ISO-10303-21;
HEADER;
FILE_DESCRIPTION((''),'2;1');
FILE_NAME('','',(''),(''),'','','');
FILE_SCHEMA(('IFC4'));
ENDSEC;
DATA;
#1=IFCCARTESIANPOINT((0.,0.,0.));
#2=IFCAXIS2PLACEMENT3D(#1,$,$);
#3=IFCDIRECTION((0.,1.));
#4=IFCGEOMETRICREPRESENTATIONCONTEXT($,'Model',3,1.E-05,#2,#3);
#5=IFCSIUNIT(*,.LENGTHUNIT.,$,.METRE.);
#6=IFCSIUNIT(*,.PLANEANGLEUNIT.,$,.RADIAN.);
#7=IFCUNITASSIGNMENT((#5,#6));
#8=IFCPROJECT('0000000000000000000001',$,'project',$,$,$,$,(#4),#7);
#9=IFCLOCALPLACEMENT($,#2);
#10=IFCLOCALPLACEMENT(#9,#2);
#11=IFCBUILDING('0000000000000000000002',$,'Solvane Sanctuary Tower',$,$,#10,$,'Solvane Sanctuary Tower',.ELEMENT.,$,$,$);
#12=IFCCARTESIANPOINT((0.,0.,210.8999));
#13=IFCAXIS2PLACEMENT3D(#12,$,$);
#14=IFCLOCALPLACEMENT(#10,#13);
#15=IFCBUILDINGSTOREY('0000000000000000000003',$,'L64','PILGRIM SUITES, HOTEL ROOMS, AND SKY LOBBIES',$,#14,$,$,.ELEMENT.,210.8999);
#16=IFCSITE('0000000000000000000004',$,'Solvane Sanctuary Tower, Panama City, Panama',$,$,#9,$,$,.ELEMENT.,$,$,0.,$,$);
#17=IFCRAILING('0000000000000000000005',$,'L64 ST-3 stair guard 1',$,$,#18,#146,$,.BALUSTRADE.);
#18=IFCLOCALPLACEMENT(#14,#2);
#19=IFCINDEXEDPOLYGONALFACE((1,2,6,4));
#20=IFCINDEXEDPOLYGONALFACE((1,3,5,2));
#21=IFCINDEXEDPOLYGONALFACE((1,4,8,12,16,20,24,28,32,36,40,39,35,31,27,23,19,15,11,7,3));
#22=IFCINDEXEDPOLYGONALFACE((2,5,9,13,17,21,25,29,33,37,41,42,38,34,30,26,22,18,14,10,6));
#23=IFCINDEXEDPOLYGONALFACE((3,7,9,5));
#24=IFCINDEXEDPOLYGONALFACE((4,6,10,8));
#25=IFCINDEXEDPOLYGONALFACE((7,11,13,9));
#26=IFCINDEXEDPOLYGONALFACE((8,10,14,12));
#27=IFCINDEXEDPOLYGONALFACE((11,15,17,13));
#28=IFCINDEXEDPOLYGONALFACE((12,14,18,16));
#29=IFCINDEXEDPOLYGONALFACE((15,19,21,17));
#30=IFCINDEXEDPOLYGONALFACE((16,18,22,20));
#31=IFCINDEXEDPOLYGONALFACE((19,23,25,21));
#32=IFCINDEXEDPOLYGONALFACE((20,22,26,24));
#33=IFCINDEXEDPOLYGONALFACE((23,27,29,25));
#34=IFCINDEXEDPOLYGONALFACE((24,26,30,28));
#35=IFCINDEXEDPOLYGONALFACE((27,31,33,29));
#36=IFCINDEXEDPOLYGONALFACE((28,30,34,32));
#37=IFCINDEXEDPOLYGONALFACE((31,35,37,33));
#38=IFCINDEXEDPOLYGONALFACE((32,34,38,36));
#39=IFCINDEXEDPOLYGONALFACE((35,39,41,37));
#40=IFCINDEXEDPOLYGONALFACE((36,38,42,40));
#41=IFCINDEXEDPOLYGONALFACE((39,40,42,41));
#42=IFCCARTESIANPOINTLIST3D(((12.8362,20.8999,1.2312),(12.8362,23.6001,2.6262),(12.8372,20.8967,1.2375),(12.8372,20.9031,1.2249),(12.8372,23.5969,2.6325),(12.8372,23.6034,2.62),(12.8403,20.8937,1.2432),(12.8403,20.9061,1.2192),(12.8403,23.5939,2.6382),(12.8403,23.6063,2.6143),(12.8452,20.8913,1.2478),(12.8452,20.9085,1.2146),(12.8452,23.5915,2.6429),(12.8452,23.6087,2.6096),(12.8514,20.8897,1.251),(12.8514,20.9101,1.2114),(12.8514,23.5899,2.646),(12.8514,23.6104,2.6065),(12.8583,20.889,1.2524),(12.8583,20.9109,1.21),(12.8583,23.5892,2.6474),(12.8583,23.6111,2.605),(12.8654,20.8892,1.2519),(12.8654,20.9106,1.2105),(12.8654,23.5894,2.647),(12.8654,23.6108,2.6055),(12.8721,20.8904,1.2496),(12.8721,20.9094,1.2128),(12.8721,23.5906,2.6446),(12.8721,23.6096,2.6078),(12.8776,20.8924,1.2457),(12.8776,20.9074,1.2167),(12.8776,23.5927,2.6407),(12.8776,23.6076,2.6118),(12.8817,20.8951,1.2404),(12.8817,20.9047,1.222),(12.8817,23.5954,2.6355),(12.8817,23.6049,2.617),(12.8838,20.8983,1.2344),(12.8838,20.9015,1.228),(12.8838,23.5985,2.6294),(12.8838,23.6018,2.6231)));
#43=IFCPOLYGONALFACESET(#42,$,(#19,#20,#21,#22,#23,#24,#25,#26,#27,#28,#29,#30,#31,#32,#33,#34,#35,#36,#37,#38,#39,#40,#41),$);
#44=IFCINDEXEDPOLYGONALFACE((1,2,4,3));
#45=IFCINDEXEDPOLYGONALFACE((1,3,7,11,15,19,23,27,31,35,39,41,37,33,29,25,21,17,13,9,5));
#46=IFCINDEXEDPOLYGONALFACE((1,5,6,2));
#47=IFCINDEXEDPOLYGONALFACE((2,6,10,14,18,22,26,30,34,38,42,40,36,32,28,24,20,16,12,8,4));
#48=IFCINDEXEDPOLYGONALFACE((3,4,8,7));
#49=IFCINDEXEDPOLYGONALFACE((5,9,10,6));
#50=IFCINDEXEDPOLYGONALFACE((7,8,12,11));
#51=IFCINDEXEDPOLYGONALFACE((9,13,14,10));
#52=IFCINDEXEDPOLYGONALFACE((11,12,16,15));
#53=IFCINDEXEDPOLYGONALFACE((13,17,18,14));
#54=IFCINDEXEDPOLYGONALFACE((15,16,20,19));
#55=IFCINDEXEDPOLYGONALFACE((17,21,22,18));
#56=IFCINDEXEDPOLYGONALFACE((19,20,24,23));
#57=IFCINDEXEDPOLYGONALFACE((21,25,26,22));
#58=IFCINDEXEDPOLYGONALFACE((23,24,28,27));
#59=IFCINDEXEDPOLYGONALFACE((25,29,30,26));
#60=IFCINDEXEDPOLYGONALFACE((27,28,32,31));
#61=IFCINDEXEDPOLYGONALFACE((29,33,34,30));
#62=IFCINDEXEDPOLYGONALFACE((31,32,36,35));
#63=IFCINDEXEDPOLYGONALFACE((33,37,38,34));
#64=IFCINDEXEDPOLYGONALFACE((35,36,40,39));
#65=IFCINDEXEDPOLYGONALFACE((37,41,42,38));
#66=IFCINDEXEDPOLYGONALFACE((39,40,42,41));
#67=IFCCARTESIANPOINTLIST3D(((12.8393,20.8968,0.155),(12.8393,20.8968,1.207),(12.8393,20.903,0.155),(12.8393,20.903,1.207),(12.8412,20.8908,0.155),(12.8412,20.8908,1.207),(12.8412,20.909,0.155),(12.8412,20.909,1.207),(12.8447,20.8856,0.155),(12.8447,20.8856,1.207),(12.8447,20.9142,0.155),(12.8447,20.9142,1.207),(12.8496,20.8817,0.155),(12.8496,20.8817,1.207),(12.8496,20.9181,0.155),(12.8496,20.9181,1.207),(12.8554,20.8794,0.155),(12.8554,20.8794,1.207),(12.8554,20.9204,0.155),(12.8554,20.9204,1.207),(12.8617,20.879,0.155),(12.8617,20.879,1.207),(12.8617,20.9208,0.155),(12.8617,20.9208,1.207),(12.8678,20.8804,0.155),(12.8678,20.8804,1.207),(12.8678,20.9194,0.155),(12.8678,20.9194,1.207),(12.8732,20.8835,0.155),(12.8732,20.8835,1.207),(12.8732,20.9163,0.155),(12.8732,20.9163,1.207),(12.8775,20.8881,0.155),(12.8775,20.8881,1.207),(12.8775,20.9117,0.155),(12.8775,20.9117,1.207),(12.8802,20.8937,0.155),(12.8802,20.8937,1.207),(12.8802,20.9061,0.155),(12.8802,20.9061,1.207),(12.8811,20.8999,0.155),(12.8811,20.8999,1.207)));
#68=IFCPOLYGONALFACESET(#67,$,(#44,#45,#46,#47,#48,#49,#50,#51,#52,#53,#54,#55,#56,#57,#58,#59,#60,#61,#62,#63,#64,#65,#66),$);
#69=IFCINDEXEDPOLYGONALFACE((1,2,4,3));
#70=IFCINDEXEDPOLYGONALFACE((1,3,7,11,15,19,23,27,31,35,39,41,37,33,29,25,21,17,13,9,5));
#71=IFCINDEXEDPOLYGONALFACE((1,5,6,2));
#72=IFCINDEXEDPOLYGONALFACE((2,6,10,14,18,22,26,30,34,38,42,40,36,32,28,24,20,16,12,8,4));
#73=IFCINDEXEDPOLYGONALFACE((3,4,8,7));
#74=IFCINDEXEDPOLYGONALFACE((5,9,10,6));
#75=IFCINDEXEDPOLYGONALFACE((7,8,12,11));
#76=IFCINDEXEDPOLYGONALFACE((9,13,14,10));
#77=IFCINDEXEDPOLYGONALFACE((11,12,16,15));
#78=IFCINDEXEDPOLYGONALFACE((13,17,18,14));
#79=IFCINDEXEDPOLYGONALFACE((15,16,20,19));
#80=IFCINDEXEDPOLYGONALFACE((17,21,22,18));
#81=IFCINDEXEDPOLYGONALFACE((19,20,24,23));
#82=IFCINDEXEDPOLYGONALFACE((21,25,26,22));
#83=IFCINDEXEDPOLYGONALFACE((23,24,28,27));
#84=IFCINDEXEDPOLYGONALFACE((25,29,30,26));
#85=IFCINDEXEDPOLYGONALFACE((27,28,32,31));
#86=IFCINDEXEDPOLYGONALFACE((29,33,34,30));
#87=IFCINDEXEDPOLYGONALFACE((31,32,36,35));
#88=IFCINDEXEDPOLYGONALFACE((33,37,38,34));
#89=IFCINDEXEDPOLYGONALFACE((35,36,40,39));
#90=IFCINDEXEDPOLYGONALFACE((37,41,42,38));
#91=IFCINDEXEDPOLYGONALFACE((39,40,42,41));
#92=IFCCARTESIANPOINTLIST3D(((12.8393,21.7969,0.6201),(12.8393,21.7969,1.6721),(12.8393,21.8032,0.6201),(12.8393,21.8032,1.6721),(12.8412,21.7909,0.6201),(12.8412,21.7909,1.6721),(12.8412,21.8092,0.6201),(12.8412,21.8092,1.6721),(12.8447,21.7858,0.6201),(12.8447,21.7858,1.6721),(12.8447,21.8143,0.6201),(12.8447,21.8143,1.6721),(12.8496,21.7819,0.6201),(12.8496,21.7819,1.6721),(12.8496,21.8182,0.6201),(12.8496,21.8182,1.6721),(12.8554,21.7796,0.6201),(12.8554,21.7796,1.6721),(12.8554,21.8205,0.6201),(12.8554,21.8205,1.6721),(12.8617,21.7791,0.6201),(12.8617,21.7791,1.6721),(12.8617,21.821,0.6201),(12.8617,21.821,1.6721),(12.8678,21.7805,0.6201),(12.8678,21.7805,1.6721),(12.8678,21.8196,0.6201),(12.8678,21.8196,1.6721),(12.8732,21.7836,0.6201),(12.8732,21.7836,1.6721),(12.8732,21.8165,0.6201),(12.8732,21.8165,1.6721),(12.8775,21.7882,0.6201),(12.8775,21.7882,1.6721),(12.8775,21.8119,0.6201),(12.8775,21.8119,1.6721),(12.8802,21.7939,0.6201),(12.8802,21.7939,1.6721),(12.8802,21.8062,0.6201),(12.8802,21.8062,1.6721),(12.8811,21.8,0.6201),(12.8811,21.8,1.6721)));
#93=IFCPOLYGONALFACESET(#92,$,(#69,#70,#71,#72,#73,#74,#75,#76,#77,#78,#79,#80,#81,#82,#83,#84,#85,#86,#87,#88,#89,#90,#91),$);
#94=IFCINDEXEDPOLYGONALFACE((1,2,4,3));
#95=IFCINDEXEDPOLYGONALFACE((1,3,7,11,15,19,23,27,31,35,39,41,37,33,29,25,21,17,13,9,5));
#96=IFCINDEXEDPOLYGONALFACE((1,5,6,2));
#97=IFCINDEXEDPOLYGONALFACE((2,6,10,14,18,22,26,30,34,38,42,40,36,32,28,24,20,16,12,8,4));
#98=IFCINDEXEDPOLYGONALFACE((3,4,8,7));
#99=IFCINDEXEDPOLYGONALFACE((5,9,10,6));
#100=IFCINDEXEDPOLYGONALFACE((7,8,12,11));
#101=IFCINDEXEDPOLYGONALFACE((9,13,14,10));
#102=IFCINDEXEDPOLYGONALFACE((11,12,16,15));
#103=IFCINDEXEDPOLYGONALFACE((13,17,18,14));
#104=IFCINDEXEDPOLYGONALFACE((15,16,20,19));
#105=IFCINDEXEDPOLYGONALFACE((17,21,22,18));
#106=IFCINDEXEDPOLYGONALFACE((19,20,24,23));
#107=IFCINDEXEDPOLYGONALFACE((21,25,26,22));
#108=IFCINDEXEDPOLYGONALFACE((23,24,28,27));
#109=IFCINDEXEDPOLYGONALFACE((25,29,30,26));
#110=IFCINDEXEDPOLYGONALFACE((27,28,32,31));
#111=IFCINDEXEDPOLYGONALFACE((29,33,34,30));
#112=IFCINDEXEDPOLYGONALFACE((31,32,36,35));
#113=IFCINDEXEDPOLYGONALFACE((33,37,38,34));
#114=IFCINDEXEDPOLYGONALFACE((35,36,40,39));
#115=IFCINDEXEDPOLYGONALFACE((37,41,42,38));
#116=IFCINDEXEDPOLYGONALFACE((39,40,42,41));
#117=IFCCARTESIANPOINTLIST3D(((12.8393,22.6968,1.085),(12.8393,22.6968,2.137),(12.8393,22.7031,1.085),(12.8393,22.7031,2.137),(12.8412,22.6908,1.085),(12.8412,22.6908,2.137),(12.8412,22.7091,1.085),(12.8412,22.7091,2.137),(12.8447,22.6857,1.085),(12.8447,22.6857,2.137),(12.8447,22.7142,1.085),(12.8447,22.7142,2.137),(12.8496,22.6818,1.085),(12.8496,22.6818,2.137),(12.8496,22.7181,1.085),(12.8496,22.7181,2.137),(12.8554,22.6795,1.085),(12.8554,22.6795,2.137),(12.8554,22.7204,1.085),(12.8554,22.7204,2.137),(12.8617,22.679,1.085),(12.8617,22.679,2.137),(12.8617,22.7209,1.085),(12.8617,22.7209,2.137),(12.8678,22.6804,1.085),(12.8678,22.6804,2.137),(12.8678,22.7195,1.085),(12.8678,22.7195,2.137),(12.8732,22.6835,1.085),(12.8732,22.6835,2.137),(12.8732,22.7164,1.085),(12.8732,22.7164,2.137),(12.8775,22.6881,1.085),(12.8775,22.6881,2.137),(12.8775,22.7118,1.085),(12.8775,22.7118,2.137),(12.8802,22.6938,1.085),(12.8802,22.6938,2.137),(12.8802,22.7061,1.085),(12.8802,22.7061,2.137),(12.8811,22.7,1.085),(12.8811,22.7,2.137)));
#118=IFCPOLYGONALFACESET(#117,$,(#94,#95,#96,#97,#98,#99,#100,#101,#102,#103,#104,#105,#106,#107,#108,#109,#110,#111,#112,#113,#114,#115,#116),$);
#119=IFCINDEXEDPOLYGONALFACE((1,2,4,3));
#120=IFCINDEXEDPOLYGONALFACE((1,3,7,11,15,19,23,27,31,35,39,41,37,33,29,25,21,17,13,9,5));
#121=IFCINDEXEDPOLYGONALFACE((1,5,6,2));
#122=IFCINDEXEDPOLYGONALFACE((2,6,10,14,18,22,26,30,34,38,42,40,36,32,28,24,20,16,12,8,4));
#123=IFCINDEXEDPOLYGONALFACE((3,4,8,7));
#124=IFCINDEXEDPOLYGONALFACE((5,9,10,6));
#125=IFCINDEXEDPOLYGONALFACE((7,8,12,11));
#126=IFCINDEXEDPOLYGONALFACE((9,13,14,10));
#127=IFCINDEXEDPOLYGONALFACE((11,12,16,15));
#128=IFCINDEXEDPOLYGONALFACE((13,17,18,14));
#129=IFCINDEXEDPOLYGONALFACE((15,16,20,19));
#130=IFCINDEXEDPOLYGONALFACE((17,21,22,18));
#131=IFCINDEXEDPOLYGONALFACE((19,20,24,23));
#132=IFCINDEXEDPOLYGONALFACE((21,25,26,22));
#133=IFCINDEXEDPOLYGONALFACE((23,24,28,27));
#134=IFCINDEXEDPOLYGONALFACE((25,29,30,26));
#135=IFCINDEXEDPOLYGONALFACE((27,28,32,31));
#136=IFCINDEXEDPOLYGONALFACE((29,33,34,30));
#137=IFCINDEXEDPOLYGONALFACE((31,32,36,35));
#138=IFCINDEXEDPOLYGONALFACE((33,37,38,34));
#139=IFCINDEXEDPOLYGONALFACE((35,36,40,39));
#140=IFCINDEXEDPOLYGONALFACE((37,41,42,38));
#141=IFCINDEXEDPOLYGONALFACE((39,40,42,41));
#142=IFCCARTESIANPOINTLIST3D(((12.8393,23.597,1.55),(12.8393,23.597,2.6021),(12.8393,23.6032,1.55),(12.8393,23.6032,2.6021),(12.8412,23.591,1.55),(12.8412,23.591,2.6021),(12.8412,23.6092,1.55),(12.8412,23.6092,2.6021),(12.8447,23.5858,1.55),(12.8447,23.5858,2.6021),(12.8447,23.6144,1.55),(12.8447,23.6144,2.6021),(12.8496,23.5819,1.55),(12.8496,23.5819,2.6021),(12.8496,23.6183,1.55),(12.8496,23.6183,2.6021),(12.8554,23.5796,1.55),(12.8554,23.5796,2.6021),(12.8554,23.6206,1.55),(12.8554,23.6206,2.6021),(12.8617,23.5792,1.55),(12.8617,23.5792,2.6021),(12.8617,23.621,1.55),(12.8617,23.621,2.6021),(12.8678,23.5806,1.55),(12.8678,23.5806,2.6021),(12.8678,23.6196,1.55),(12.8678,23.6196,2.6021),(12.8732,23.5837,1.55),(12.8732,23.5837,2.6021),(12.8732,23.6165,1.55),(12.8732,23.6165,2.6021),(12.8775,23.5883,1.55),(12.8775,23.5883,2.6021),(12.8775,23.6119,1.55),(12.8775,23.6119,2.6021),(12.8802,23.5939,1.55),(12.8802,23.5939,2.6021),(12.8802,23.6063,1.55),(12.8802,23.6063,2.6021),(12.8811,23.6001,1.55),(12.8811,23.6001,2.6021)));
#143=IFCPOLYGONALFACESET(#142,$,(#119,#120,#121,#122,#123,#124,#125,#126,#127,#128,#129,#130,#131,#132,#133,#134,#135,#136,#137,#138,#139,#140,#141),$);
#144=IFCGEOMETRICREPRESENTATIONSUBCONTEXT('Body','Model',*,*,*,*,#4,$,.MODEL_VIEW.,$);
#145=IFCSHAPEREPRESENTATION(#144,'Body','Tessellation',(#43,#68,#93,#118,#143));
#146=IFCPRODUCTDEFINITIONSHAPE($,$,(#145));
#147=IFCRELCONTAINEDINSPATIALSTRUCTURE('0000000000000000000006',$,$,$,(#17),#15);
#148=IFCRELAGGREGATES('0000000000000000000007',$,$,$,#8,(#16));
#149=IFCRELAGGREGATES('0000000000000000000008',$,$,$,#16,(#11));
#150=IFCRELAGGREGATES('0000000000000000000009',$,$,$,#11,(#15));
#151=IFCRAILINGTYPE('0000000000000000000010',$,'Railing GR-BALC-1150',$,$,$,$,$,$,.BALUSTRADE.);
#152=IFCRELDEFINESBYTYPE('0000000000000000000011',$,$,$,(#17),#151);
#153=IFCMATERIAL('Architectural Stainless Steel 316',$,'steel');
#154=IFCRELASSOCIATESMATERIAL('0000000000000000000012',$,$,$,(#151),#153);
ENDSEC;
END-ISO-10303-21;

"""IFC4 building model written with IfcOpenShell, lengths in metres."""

from ifc_helpers import new_model, si_unit, direction, frame, origin, origin_2d, place, context, subcontext, project, spatial, circle, extrude, material, type_object, element, save


model = new_model("IFC4")

# Units and contexts
model_context = context("Model", 3, precision=1e-05, world=origin(), true_north=direction((0.0, 1.0)))
body_context = subcontext(model_context, "Body", "Model", "MODEL_VIEW")
ifc_project = project(units=[si_unit("LENGTHUNIT", "METRE"), si_unit("PLANEANGLEUNIT", "RADIAN")], contexts=[model_context])

# Site, building, storey
site_placement = place(None, origin())
site = spatial("IfcSite", under=ifc_project, at=site_placement, Name="Solvane Sanctuary Tower, Panama City, Panama", CompositionType="ELEMENT", RefElevation=0.0)
building_placement = place(site_placement, origin())
building = spatial("IfcBuilding", under=site, at=building_placement, Name="Solvane Sanctuary Tower", LongName="Solvane Sanctuary Tower", CompositionType="ELEMENT")
storey_placement = place(building_placement, frame((0.0, 0.0, 210.8999)))
storey = spatial("IfcBuildingStorey", under=building, at=storey_placement, Name="L64", Description="PILGRIM SUITES, HOTEL ROOMS, AND SKY LOBBIES", CompositionType="ELEMENT", Elevation=210.8999)

# Railing
ifc_material_1 = material(Name="Architectural Stainless Steel 316", Category="steel")
railing_type_1 = type_object("IfcRailingType", Name="Railing GR-BALC-1150", PredefinedType="BALUSTRADE", material=ifc_material_1)
railing_1_placement = place(storey_placement, frame((12.8601, 20.8999, 0.155)))
element("IfcRailing", 1, at=railing_1_placement, inside=storey, type_object=railing_type_1, Name="L64 ST-3 stair guard 1", PredefinedType="BALUSTRADE", context=body_context, shape_type="SweptSolid", body=[
    extrude(circle(Radius=0.0239, at=origin_2d()), frame((0.0, 0.0, 1.0762), z_axis=(0.0, 0.888437, 0.458999), x_axis=(-1.0, 0.0, 0.0)), (0.0, 0.0, 1.0), 3.0393),
    extrude(circle(Radius=0.021, at=origin_2d()), origin(), (0.0, 0.0, 1.0), 1.052),
    extrude(circle(Radius=0.021, at=origin_2d()), frame((0.0, 0.9001, 0.4651)), (0.0, 0.0, 1.0), 1.052),
    extrude(circle(Radius=0.021, at=origin_2d()), frame((0.0, 1.8, 0.9299)), (0.0, 0.0, 1.0), 1.052),
    extrude(circle(Radius=0.021, at=origin_2d()), frame((0.0, 2.7002, 1.395)), (0.0, 0.0, 1.0), 1.052),
])

save(model, "model.ifc")
